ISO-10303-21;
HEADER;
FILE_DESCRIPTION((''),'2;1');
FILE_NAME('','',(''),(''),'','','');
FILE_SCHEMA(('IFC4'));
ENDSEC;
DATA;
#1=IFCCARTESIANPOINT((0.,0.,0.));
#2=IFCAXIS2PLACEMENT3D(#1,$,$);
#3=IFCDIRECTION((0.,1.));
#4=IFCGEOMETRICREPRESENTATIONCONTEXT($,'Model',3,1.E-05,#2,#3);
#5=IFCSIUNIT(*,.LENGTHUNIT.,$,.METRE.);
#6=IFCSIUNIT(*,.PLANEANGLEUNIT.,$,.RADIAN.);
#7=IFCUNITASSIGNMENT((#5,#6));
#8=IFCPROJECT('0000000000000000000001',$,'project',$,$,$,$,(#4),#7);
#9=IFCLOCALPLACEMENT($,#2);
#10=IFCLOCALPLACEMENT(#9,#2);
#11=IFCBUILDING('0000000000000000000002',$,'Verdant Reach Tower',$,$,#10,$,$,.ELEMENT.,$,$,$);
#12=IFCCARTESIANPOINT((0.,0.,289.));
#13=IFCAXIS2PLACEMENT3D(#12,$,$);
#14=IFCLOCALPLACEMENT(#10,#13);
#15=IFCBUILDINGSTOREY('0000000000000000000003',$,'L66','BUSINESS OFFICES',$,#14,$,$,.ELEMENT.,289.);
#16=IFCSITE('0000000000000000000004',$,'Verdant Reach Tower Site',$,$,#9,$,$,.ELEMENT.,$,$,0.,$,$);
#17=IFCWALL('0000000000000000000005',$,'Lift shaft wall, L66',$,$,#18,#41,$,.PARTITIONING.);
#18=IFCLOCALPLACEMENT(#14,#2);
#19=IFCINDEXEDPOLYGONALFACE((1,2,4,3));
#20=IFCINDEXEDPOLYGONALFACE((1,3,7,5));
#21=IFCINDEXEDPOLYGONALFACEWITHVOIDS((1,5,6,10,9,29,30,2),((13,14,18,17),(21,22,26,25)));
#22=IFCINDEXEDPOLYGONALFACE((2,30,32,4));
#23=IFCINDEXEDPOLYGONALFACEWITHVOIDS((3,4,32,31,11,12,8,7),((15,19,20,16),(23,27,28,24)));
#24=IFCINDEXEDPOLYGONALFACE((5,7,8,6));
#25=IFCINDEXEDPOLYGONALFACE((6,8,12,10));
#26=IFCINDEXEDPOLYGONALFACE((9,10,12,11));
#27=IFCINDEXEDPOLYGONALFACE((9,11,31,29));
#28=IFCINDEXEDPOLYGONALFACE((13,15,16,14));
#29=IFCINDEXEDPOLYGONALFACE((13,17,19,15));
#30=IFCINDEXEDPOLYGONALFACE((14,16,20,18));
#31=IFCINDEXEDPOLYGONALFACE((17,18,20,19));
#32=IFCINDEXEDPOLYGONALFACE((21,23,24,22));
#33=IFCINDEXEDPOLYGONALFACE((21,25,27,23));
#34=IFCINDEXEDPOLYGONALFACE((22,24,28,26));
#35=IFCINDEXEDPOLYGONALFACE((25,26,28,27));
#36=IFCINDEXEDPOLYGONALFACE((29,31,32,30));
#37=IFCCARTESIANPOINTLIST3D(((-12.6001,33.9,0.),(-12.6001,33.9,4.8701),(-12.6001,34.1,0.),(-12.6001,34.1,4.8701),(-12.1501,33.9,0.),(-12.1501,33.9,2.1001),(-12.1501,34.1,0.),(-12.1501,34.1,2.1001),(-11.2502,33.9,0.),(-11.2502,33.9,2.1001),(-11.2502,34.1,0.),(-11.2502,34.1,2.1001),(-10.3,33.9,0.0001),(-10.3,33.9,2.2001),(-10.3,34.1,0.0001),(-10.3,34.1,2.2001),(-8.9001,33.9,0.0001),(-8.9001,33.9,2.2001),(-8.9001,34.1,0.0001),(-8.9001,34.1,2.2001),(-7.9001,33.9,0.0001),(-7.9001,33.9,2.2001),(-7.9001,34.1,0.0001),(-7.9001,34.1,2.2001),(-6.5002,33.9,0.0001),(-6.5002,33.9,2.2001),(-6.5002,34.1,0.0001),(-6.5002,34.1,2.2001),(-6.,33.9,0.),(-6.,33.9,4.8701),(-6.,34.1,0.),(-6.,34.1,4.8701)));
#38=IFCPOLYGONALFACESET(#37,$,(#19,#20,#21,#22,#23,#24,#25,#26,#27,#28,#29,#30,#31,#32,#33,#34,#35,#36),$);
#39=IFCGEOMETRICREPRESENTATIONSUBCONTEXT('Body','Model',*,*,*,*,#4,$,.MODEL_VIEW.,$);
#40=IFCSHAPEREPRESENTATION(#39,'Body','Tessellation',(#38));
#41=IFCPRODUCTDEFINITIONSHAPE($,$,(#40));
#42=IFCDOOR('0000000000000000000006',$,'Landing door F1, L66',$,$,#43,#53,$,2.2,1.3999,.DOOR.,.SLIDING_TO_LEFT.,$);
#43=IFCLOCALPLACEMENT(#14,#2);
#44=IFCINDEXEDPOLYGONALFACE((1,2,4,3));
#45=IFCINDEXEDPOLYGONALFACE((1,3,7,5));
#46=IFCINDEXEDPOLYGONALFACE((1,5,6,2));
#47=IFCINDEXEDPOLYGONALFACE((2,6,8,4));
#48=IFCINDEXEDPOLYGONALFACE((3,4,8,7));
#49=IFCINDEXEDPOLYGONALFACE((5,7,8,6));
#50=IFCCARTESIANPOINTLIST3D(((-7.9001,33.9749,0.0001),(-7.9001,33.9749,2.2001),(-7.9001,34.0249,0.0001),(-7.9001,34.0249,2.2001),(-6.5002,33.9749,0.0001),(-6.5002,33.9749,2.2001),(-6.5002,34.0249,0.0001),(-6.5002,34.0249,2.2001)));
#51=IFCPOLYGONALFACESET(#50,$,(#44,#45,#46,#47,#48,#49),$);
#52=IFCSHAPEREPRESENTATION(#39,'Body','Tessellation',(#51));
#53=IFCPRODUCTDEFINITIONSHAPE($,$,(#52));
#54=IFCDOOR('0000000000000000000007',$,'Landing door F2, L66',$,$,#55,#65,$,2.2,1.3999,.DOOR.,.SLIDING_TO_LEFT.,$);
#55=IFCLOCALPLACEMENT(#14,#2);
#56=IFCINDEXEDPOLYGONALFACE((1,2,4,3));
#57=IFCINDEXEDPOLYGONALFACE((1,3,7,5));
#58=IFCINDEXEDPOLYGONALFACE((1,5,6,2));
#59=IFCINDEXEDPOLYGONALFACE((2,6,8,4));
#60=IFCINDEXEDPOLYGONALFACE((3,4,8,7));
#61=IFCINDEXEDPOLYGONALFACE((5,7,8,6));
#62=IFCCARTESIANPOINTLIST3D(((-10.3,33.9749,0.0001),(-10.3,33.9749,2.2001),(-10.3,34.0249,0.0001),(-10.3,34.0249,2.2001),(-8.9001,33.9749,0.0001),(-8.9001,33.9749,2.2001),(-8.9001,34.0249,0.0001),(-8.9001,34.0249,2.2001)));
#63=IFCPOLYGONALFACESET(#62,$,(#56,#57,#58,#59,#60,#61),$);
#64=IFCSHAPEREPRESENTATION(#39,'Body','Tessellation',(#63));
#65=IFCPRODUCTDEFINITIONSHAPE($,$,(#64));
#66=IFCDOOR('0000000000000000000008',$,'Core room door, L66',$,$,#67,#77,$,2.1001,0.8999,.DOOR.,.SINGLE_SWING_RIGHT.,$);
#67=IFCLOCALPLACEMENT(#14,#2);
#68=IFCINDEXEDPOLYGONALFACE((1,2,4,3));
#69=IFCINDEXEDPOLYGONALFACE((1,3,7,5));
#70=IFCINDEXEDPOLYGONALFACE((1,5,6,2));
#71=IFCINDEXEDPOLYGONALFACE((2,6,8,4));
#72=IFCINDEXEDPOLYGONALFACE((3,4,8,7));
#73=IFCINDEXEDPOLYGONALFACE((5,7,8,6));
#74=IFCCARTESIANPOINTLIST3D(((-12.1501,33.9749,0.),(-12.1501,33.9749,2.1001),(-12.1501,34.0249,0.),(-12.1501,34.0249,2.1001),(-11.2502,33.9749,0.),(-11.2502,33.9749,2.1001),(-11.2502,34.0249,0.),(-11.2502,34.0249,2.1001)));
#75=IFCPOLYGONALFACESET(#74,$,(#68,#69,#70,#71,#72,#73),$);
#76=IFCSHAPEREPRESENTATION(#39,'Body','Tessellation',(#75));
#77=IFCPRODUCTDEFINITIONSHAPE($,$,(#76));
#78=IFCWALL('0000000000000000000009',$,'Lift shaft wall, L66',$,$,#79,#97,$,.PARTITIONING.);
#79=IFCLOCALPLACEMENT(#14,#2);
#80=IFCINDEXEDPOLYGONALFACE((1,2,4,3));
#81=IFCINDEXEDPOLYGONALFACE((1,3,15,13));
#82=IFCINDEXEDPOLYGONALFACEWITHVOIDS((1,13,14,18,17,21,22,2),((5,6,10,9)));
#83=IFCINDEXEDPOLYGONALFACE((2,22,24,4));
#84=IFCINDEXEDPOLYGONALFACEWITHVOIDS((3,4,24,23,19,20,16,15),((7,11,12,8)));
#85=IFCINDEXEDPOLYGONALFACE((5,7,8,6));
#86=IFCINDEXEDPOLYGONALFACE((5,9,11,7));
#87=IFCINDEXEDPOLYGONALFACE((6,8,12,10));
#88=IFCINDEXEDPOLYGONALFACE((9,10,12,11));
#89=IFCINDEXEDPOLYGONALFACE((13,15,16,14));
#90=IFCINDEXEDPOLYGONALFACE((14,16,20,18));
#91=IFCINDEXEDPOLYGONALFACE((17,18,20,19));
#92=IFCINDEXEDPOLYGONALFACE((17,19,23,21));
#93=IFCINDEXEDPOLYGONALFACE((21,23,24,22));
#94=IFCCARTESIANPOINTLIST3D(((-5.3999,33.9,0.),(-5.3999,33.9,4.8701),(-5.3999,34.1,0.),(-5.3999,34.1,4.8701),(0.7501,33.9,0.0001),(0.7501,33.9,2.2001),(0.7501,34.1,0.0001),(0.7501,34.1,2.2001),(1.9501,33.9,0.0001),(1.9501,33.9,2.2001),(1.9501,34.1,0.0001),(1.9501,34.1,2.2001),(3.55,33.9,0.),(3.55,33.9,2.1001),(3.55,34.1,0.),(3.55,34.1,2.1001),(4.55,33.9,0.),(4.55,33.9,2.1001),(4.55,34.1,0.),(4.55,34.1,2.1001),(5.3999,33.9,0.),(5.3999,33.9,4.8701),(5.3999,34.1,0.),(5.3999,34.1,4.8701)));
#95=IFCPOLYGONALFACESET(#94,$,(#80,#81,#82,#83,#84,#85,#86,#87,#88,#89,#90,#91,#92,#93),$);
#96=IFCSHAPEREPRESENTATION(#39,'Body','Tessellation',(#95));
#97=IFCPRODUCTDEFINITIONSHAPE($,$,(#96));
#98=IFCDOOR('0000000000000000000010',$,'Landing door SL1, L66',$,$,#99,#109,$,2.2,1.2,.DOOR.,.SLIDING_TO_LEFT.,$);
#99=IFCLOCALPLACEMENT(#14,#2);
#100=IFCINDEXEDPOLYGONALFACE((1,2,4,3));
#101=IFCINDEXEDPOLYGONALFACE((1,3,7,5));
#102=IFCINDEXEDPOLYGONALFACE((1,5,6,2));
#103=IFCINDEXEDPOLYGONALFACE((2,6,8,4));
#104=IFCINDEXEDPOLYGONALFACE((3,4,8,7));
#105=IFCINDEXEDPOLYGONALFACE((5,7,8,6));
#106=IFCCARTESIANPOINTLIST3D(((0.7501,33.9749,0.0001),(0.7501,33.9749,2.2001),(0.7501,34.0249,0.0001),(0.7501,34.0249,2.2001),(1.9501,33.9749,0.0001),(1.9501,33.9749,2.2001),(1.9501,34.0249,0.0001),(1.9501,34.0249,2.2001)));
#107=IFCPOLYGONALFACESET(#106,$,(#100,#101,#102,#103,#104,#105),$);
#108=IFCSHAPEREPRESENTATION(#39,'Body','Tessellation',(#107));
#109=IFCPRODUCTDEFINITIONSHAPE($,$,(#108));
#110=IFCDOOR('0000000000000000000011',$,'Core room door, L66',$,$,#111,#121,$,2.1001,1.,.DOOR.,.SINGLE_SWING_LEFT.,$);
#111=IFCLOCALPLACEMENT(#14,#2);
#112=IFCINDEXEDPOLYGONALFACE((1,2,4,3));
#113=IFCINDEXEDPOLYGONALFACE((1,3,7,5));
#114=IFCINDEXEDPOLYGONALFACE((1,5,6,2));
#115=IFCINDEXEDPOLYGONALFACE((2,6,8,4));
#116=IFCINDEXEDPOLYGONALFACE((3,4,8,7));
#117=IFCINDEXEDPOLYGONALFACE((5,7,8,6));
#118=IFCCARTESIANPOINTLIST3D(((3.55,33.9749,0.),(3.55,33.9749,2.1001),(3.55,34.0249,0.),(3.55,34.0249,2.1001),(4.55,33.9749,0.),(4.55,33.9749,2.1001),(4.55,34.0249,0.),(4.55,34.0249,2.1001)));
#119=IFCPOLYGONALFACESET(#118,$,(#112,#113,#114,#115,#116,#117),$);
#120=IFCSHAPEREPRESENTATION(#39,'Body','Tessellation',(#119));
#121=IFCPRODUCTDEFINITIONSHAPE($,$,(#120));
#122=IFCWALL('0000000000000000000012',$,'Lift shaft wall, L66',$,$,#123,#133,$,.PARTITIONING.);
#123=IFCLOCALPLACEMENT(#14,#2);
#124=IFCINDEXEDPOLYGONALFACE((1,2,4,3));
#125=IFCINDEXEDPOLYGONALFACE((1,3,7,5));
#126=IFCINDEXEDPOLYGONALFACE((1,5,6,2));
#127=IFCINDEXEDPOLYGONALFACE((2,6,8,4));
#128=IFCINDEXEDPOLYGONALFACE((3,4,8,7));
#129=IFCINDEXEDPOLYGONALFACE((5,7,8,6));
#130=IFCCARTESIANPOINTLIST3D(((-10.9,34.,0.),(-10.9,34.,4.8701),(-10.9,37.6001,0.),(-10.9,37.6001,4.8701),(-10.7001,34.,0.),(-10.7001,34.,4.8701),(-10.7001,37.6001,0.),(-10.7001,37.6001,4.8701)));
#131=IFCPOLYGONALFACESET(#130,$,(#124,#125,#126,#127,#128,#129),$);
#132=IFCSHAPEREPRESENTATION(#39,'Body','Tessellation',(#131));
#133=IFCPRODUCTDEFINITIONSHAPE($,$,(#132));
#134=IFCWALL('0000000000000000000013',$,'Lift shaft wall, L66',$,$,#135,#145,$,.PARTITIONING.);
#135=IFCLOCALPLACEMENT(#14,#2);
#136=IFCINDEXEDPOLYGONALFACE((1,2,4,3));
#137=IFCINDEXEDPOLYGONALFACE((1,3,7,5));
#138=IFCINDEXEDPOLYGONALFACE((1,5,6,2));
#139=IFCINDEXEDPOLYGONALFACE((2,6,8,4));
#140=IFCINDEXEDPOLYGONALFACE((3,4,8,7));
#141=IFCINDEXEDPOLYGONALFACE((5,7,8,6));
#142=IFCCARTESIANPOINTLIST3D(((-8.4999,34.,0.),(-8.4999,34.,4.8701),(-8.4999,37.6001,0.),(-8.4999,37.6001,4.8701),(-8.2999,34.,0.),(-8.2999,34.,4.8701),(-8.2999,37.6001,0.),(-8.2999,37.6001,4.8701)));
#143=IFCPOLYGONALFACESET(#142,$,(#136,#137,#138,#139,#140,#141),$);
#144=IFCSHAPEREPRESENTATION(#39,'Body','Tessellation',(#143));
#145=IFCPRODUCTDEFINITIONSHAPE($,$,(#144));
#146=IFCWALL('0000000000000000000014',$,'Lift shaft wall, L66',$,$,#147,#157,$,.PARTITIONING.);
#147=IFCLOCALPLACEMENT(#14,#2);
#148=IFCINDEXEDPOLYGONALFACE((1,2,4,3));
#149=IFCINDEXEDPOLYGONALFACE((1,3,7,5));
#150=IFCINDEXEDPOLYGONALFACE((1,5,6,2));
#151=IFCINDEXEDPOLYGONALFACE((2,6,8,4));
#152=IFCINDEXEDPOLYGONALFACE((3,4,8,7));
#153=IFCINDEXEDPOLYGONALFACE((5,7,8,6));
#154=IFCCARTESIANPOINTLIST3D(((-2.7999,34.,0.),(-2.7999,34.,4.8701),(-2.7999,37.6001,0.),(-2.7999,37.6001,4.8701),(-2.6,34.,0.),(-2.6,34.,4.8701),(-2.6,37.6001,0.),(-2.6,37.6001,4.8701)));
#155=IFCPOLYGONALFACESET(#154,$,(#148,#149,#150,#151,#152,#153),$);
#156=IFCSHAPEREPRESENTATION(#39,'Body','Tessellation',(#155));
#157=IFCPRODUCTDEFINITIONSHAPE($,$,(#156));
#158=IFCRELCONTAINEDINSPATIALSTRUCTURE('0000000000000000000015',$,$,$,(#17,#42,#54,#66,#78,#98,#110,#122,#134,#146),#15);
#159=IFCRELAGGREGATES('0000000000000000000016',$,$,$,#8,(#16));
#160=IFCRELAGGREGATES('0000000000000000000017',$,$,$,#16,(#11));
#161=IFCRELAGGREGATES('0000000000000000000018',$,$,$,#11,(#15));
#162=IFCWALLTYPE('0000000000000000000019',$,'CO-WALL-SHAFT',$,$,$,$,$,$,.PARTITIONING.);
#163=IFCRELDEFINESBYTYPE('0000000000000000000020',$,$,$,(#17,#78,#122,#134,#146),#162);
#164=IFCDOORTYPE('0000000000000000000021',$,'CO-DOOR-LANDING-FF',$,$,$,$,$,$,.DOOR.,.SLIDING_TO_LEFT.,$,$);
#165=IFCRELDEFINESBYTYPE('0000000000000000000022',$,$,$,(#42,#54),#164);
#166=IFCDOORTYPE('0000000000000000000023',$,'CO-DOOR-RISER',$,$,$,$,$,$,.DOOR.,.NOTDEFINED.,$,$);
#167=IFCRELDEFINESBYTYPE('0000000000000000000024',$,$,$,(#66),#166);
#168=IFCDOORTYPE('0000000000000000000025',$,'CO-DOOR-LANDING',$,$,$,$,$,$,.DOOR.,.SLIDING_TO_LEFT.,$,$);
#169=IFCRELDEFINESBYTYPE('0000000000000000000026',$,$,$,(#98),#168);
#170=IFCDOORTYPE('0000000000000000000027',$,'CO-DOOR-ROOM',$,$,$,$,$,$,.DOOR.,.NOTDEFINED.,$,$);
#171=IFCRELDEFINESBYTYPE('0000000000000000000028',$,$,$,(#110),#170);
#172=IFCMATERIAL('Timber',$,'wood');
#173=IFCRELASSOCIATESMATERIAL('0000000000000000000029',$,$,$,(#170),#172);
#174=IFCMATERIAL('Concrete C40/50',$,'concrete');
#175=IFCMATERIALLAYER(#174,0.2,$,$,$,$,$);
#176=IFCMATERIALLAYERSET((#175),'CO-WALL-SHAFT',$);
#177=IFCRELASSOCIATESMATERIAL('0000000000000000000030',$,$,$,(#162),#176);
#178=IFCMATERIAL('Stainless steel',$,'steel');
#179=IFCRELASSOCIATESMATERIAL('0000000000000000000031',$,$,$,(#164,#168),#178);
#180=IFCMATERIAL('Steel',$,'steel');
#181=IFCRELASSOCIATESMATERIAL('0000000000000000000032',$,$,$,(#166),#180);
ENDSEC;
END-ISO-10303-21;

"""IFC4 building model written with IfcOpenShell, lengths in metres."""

from ifc_helpers import new_model, si_unit, direction, frame, frame_2d, origin, place, context, subcontext, project, spatial, rectangle, extrude, material, layer, layer_set, type_object, element, fill, save


model = new_model("IFC4")

# Units and contexts
model_context = context("Model", 3, precision=1e-05, world=origin(), true_north=direction((0.0, 1.0)))
body_context = subcontext(model_context, "Body", "Model", "MODEL_VIEW")
ifc_project = project(units=[si_unit("LENGTHUNIT", "METRE"), si_unit("PLANEANGLEUNIT", "RADIAN")], contexts=[model_context])

# Site, building, storey
site_placement = place(None, origin())
site = spatial("IfcSite", under=ifc_project, at=site_placement, Name="Verdant Reach Tower Site", CompositionType="ELEMENT", RefElevation=0.0)
building_placement = place(site_placement, origin())
building = spatial("IfcBuilding", under=site, at=building_placement, Name="Verdant Reach Tower", CompositionType="ELEMENT")
storey_placement = place(building_placement, frame((0.0, 0.0, 289.0)))
storey = spatial("IfcBuildingStorey", under=building, at=storey_placement, Name="L66", Description="BUSINESS OFFICES", CompositionType="ELEMENT", Elevation=289.0)

# Walls, openings, doors
ifc_material_1 = material(Name="Timber", Category="wood")
door_type_1 = type_object("IfcDoorType", Name="CO-DOOR-ROOM", OperationType="NOTDEFINED", PredefinedType="DOOR", material=ifc_material_1)
ifc_material_2 = material(Name="Concrete C40/50", Category="concrete")
ifc_layer_1 = layer(ifc_material_2, 0.2)
ifc_layer_set_1 = layer_set([ifc_layer_1], Name="CO-WALL-SHAFT")
wall_type_1 = type_object("IfcWallType", Name="CO-WALL-SHAFT", PredefinedType="PARTITIONING", material=ifc_layer_set_1)
wall_1_placement = place(storey_placement, frame((-12.6001, 34.0, 0.0), z_axis=(0.0, 0.0, 1.0), x_axis=(1.0, 0.0, 0.0)))
wall_1 = element("IfcWall", 1, at=wall_1_placement, inside=storey, type_object=wall_type_1, Name="Lift shaft wall, L66", PredefinedType="PARTITIONING", context=body_context, shape_type="SweptSolid", body=[
    extrude(rectangle(XDim=6.6001, YDim=0.2, at=frame_2d((3.3, 0.0))), origin(), (0.0, 0.0, 1.0), 4.8701),
])
opening_1_placement = place(wall_1_placement, frame((4.7, 0.0, 0.0)))
opening_1 = element("IfcOpeningElement", 2, at=opening_1_placement, cuts=wall_1, PredefinedType="OPENING", context=body_context, shape_type="SweptSolid", body=[
    extrude(rectangle(XDim=1.3999, YDim=2.2, at=frame_2d((0.7, 1.1001))), frame((0.0, 0.1099, 0.0), z_axis=(0.0, -1.0, 0.0), x_axis=(1.0, 0.0, 0.0)), (0.0, 0.0, 1.0), 0.22),
])
opening_2_placement = place(wall_1_placement, frame((2.3, 0.0, 0.0)))
opening_2 = element("IfcOpeningElement", 3, at=opening_2_placement, cuts=wall_1, PredefinedType="OPENING", context=body_context, shape_type="SweptSolid", body=[
    extrude(rectangle(XDim=1.3999, YDim=2.2, at=frame_2d((0.7, 1.1001))), frame((0.0, 0.1099, 0.0), z_axis=(0.0, -1.0, 0.0), x_axis=(1.0, 0.0, 0.0)), (0.0, 0.0, 1.0), 0.22),
])
opening_3_placement = place(wall_1_placement, frame((0.45, 0.0, 0.0)))
opening_3 = element("IfcOpeningElement", 4, at=opening_3_placement, cuts=wall_1, PredefinedType="OPENING", context=body_context, shape_type="SweptSolid", body=[
    extrude(rectangle(XDim=0.8999, YDim=2.1001, at=frame_2d((0.45, 1.05))), frame((0.0, 0.1099, 0.0), z_axis=(0.0, -1.0, 0.0), x_axis=(1.0, 0.0, 0.0)), (0.0, 0.0, 1.0), 0.22),
])
ifc_material_3 = material(Name="Stainless steel", Category="steel")
door_type_2 = type_object("IfcDoorType", Name="CO-DOOR-LANDING-FF", OperationType="SLIDING_TO_LEFT", PredefinedType="DOOR", material=ifc_material_3)
door_1_placement = place(opening_1_placement, origin())
door_1 = element("IfcDoor", 5, at=door_1_placement, inside=storey, type_object=door_type_2, Name="Landing door F1, L66", OperationType="SLIDING_TO_LEFT", OverallHeight=2.2, OverallWidth=1.3999, PredefinedType="DOOR", context=body_context, shape_type="SweptSolid", body=[
    extrude(rectangle(XDim=1.3999, YDim=2.2, at=frame_2d((0.7, 1.1001))), frame((0.0, 0.0249, 0.0), z_axis=(0.0, -1.0, 0.0), x_axis=(1.0, 0.0, 0.0)), (0.0, 0.0, 1.0), 0.05),
])
fill(opening_1, door_1)
door_2_placement = place(opening_2_placement, origin())
door_2 = element("IfcDoor", 6, at=door_2_placement, inside=storey, type_object=door_type_2, Name="Landing door F2, L66", OperationType="SLIDING_TO_LEFT", OverallHeight=2.2, OverallWidth=1.3999, PredefinedType="DOOR", context=body_context, shape_type="SweptSolid", body=[
    extrude(rectangle(XDim=1.3999, YDim=2.2, at=frame_2d((0.7, 1.1001))), frame((0.0, 0.0249, 0.0), z_axis=(0.0, -1.0, 0.0), x_axis=(1.0, 0.0, 0.0)), (0.0, 0.0, 1.0), 0.05),
])
fill(opening_2, door_2)
ifc_material_4 = material(Name="Steel", Category="steel")
door_type_3 = type_object("IfcDoorType", Name="CO-DOOR-RISER", OperationType="NOTDEFINED", PredefinedType="DOOR", material=ifc_material_4)
door_3_placement = place(opening_3_placement, origin())
door_3 = element("IfcDoor", 7, at=door_3_placement, inside=storey, type_object=door_type_3, Name="Core room door, L66", OperationType="SINGLE_SWING_RIGHT", OverallHeight=2.1001, OverallWidth=0.8999, PredefinedType="DOOR", context=body_context, shape_type="SweptSolid", body=[
    extrude(rectangle(XDim=0.8999, YDim=2.1001, at=frame_2d((0.45, 1.05))), frame((0.0, 0.0249, 0.0), z_axis=(0.0, -1.0, 0.0), x_axis=(1.0, 0.0, 0.0)), (0.0, 0.0, 1.0), 0.05),
])
fill(opening_3, door_3)
wall_2_placement = place(storey_placement, frame((-5.3999, 34.0, 0.0), z_axis=(0.0, 0.0, 1.0), x_axis=(1.0, 0.0, 0.0)))
wall_2 = element("IfcWall", 8, at=wall_2_placement, inside=storey, type_object=wall_type_1, Name="Lift shaft wall, L66", PredefinedType="PARTITIONING", context=body_context, shape_type="SweptSolid", body=[
    extrude(rectangle(XDim=10.7998, YDim=0.2, at=frame_2d((5.3999, 0.0))), origin(), (0.0, 0.0, 1.0), 4.8701),
])
opening_4_placement = place(wall_2_placement, frame((6.1499, 0.0, 0.0)))
opening_4 = element("IfcOpeningElement", 9, at=opening_4_placement, cuts=wall_2, PredefinedType="OPENING", context=body_context, shape_type="SweptSolid", body=[
    extrude(rectangle(XDim=1.2, YDim=2.2, at=frame_2d((0.6001, 1.1001))), frame((0.0, 0.1099, 0.0), z_axis=(0.0, -1.0, 0.0), x_axis=(1.0, 0.0, 0.0)), (0.0, 0.0, 1.0), 0.22),
])
opening_5_placement = place(wall_2_placement, frame((8.95, 0.0, 0.0)))
opening_5 = element("IfcOpeningElement", 10, at=opening_5_placement, cuts=wall_2, PredefinedType="OPENING", context=body_context, shape_type="SweptSolid", body=[
    extrude(rectangle(XDim=1.0, YDim=2.1001, at=frame_2d((0.5, 1.05))), frame((0.0, 0.1099, 0.0), z_axis=(0.0, -1.0, 0.0), x_axis=(1.0, 0.0, 0.0)), (0.0, 0.0, 1.0), 0.22),
])
door_type_4 = type_object("IfcDoorType", Name="CO-DOOR-LANDING", OperationType="SLIDING_TO_LEFT", PredefinedType="DOOR", material=ifc_material_3)
door_4_placement = place(opening_4_placement, origin())
door_4 = element("IfcDoor", 11, at=door_4_placement, inside=storey, type_object=door_type_4, Name="Landing door SL1, L66", OperationType="SLIDING_TO_LEFT", OverallHeight=2.2, OverallWidth=1.2, PredefinedType="DOOR", context=body_context, shape_type="SweptSolid", body=[
    extrude(rectangle(XDim=1.2, YDim=2.2, at=frame_2d((0.6001, 1.1001))), frame((0.0, 0.0249, 0.0), z_axis=(0.0, -1.0, 0.0), x_axis=(1.0, 0.0, 0.0)), (0.0, 0.0, 1.0), 0.05),
])
fill(opening_4, door_4)
door_5_placement = place(opening_5_placement, origin())
door_5 = element("IfcDoor", 12, at=door_5_placement, inside=storey, type_object=door_type_1, Name="Core room door, L66", OperationType="SINGLE_SWING_LEFT", OverallHeight=2.1001, OverallWidth=1.0, PredefinedType="DOOR", context=body_context, shape_type="SweptSolid", body=[
    extrude(rectangle(XDim=1.0, YDim=2.1001, at=frame_2d((0.5, 1.05))), frame((0.0, 0.0249, 0.0), z_axis=(0.0, -1.0, 0.0), x_axis=(1.0, 0.0, 0.0)), (0.0, 0.0, 1.0), 0.05),
])
fill(opening_5, door_5)

# Walls
for number, where, z_axis, x_axis, name in (
    (13, (-10.8, 34.0, 0.0), (0.0, 0.0, 1.0), (0.0, 1.0, 0.0), "Lift shaft wall, L66"),
    (14, (-8.3999, 34.0, 0.0), (0.0, 0.0, 1.0), (0.0, 1.0, 0.0), "Lift shaft wall, L66"),
    (15, (-2.7, 34.0, 0.0), (0.0, 0.0, 1.0), (0.0, 1.0, 0.0), "Lift shaft wall, L66"),
):
    element("IfcWall", number, at=place(storey_placement, frame(where, z_axis=z_axis, x_axis=x_axis)), inside=storey, type_object=wall_type_1, Name=name, PredefinedType="PARTITIONING", context=body_context, shape_type="SweptSolid", body=[
        extrude(rectangle(XDim=3.6001, YDim=0.2, at=frame_2d((1.8, 0.0))), origin(), (0.0, 0.0, 1.0), 4.8701),
    ])

save(model, "model.ifc")
